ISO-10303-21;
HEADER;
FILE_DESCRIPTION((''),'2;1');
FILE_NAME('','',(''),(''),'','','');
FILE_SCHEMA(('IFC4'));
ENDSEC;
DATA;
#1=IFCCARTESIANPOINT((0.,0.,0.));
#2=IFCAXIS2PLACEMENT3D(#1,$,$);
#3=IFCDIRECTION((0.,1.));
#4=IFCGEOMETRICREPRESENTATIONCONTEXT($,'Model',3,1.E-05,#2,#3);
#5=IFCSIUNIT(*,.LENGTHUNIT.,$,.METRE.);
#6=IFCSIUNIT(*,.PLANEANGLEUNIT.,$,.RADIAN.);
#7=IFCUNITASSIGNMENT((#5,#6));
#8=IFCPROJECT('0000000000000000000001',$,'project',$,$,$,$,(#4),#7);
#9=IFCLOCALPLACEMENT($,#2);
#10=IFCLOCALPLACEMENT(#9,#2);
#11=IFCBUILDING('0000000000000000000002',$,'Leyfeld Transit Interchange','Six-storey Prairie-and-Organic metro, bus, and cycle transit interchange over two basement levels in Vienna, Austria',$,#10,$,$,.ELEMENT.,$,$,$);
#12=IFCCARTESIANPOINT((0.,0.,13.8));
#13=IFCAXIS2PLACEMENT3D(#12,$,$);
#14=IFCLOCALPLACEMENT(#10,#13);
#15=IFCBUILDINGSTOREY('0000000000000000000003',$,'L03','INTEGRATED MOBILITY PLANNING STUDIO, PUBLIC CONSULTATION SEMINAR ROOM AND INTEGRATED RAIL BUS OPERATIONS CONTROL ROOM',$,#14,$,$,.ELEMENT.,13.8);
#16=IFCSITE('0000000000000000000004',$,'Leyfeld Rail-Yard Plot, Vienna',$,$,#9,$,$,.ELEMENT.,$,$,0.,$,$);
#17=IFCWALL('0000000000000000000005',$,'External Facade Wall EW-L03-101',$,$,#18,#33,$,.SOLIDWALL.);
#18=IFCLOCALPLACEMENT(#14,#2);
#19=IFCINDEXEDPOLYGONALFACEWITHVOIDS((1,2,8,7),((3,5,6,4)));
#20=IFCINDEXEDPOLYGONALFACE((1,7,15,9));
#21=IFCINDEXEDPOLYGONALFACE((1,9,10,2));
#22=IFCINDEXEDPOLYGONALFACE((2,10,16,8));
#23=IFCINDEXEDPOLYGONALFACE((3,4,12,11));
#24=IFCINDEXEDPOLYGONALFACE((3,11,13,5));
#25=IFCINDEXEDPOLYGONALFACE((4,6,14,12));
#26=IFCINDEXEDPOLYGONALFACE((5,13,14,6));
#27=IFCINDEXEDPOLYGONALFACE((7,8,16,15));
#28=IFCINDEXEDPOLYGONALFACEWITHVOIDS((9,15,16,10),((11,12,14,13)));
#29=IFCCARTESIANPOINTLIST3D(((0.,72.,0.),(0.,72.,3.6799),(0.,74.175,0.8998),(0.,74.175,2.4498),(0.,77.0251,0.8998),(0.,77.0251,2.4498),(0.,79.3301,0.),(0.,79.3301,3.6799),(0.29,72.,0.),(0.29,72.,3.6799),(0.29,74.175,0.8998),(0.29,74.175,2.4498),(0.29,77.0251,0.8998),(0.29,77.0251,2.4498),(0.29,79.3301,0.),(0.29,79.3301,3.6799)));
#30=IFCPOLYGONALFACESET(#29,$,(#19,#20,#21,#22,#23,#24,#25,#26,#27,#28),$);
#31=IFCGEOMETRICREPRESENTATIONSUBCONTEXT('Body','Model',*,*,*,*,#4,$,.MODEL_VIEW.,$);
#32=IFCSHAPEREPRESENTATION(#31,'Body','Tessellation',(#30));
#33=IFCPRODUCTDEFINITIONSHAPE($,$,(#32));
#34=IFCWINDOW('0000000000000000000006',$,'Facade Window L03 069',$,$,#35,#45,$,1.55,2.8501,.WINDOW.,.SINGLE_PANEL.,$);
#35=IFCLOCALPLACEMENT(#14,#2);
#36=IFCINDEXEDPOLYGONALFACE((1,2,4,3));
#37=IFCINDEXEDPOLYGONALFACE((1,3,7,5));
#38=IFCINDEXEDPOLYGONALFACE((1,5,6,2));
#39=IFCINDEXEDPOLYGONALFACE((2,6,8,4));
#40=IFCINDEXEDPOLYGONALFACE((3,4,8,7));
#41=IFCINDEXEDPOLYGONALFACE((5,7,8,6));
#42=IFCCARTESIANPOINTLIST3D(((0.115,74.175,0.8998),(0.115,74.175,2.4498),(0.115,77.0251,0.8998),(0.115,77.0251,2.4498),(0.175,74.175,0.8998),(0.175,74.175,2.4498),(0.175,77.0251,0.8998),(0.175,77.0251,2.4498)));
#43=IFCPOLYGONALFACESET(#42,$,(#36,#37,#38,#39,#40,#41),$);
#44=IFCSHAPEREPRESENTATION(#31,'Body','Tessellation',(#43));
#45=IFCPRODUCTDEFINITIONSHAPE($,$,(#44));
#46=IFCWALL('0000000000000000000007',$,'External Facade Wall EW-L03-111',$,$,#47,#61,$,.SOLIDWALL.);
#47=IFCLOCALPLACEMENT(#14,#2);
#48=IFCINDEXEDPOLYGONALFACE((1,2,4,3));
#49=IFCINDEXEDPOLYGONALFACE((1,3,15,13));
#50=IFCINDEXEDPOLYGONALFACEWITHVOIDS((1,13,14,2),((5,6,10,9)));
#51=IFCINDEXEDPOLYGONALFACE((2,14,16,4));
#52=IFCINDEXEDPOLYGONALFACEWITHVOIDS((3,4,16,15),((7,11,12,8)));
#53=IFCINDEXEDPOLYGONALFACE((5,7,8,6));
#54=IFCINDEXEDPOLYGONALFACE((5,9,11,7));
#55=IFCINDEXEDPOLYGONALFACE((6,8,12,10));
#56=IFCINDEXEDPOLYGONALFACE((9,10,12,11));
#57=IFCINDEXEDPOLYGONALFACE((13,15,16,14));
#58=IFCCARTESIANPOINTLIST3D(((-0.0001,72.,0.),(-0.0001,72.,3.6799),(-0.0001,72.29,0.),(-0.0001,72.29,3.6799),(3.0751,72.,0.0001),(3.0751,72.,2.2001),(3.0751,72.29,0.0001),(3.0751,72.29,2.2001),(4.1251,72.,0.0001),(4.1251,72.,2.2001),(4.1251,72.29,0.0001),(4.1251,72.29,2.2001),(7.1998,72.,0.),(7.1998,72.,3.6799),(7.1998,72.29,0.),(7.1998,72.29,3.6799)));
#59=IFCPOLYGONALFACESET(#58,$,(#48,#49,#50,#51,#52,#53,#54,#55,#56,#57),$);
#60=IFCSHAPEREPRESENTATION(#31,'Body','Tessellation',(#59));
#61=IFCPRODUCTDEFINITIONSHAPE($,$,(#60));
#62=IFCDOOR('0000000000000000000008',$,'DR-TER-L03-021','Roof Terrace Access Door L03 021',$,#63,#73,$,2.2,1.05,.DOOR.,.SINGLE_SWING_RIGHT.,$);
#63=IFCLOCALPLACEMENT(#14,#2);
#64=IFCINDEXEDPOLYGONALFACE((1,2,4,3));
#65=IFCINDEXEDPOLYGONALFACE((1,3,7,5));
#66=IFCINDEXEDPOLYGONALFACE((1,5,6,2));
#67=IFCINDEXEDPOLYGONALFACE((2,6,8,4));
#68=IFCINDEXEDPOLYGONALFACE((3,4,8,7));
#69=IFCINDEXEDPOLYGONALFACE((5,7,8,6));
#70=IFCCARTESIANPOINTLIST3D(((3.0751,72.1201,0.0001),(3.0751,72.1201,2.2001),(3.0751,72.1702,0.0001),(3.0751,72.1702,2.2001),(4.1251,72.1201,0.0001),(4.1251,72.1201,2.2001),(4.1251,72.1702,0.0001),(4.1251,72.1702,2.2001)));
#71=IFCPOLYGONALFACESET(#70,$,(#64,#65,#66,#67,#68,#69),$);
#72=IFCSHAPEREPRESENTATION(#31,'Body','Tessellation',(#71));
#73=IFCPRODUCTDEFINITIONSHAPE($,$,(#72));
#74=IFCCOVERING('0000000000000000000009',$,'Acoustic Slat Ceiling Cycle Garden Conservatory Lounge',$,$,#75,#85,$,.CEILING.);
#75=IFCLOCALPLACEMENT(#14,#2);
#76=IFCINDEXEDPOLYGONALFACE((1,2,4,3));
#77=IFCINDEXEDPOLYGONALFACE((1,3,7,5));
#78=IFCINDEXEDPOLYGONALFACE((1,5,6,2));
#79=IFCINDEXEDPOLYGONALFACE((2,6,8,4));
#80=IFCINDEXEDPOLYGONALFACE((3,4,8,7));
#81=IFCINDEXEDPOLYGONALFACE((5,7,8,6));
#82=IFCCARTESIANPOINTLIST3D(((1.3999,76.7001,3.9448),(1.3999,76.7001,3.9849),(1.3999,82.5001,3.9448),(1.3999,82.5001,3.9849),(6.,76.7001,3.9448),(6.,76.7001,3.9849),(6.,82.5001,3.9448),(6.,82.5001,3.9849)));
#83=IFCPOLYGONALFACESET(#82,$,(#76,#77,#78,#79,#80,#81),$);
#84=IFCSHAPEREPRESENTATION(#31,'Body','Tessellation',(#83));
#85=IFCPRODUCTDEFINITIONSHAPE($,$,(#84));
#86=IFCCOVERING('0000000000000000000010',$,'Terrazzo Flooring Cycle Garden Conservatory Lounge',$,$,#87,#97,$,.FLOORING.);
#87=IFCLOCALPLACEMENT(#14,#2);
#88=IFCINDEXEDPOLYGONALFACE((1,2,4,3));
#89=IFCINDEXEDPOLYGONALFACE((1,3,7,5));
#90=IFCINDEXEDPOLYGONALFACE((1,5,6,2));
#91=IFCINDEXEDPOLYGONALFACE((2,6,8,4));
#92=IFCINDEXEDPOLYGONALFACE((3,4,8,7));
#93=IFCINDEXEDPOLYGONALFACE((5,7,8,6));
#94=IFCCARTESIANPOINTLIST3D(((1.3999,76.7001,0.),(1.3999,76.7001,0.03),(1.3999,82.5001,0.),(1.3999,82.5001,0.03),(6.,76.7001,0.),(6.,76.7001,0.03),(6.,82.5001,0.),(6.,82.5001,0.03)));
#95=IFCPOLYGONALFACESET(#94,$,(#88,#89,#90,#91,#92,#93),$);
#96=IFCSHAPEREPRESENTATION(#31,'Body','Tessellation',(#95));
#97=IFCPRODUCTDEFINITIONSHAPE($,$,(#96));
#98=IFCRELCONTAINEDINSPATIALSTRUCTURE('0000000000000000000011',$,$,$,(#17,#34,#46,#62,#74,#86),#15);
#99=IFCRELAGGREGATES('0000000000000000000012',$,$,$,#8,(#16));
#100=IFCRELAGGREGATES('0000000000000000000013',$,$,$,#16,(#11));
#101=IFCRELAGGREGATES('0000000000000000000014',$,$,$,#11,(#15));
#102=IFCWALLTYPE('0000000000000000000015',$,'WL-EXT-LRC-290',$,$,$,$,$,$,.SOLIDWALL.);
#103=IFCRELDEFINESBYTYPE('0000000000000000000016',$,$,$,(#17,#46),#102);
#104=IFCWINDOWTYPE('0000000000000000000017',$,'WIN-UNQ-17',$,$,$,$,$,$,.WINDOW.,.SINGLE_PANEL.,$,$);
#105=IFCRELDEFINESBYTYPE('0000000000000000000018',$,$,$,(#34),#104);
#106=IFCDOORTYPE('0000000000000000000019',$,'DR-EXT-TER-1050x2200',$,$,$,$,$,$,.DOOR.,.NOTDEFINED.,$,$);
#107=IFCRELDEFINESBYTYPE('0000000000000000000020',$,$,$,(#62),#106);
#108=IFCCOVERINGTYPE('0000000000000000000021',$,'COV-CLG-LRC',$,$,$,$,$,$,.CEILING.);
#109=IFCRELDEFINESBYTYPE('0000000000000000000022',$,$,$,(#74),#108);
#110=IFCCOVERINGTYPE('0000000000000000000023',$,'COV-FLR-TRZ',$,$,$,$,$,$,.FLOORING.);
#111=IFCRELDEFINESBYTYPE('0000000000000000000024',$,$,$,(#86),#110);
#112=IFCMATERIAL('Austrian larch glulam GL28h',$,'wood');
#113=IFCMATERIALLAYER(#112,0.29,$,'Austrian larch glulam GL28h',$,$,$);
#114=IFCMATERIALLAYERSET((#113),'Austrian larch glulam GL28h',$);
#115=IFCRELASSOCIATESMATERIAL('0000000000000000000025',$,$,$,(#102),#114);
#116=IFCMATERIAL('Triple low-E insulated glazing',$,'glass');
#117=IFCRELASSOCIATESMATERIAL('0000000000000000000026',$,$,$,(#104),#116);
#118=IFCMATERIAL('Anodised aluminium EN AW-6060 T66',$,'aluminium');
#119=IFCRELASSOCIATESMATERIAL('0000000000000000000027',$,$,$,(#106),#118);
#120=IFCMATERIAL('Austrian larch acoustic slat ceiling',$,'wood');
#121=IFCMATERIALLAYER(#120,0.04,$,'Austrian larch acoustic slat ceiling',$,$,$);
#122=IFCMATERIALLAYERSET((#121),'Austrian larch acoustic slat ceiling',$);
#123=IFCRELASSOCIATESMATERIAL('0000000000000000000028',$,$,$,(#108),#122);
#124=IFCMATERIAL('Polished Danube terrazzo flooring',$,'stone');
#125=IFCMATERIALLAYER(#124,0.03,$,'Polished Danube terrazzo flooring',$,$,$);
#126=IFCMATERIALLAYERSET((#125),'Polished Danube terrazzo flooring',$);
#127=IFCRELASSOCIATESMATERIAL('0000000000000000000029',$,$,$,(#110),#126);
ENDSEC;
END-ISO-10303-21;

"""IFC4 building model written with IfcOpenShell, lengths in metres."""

from ifc_helpers import new_model, si_unit, direction, frame, frame_2d, origin, origin_2d, place, context, subcontext, project, spatial, rectangle, extrude, material, layer, layer_set, type_object, element, fill, save


model = new_model("IFC4")

# Units and contexts
model_context = context("Model", 3, precision=1e-05, world=origin(), true_north=direction((0.0, 1.0)))
body_context = subcontext(model_context, "Body", "Model", "MODEL_VIEW")
ifc_project = project(units=[si_unit("LENGTHUNIT", "METRE"), si_unit("PLANEANGLEUNIT", "RADIAN")], contexts=[model_context])

# Site, building, storey
site_placement = place(None, origin())
site = spatial("IfcSite", under=ifc_project, at=site_placement, Name="Leyfeld Rail-Yard Plot, Vienna", CompositionType="ELEMENT", RefElevation=0.0)
building_placement = place(site_placement, origin())
building = spatial("IfcBuilding", under=site, at=building_placement, Name="Leyfeld Transit Interchange", Description="Six-storey Prairie-and-Organic metro, bus, and cycle transit interchange over two basement levels in Vienna, Austria", CompositionType="ELEMENT")
storey_placement = place(building_placement, frame((0.0, 0.0, 13.8)))
storey = spatial("IfcBuildingStorey", under=building, at=storey_placement, Name="L03", Description="INTEGRATED MOBILITY PLANNING STUDIO, PUBLIC CONSULTATION SEMINAR ROOM AND INTEGRATED RAIL BUS OPERATIONS CONTROL ROOM", CompositionType="ELEMENT", Elevation=13.8)

# Shared definitions
ifc_material_1 = material(Name="Anodised aluminium EN AW-6060 T66", Category="aluminium")
ifc_material_2 = material(Name="Triple low-E insulated glazing", Category="glass")

# Wall, opening, window
ifc_material_3 = material(Name="Austrian larch glulam GL28h", Category="wood")
ifc_layer_1 = layer(ifc_material_3, 0.29, Name="Austrian larch glulam GL28h")
ifc_layer_set_1 = layer_set([ifc_layer_1], Name="Austrian larch glulam GL28h")
wall_type = type_object("IfcWallType", Name="WL-EXT-LRC-290", PredefinedType="SOLIDWALL", material=ifc_layer_set_1)
wall_1_placement = place(storey_placement, frame((0.145, 72.0, 0.0), z_axis=(0.0, 0.0, 1.0), x_axis=(0.0, 1.0, 0.0)))
wall_1 = element("IfcWall", 1, at=wall_1_placement, inside=storey, type_object=wall_type, Name="External Facade Wall EW-L03-101", PredefinedType="SOLIDWALL", context=body_context, shape_type="SweptSolid", body=[
    extrude(rectangle(XDim=7.3301, YDim=0.29, at=frame_2d((3.665, 0.0))), origin(), (0.0, 0.0, 1.0), 3.6799),
])
opening_1_placement = place(wall_1_placement, frame((2.175, 0.0, 0.8999)))
opening_1 = element("IfcOpeningElement", 2, at=opening_1_placement, cuts=wall_1, PredefinedType="OPENING", context=body_context, shape_type="SweptSolid", body=[
    extrude(rectangle(XDim=2.8501, YDim=1.55, at=frame_2d((1.425, 0.7749))), frame((0.0, 0.155, 0.0), z_axis=(0.0, -1.0, 0.0), x_axis=(1.0, 0.0, 0.0)), (0.0, 0.0, 1.0), 0.3101),
])
window_type = type_object("IfcWindowType", Name="WIN-UNQ-17", PartitioningType="SINGLE_PANEL", PredefinedType="WINDOW", material=ifc_material_2)
window_placement = place(opening_1_placement, origin())
window = element("IfcWindow", 3, at=window_placement, inside=storey, type_object=window_type, Name="Facade Window L03 069", OverallHeight=1.55, OverallWidth=2.8501, PartitioningType="SINGLE_PANEL", PredefinedType="WINDOW", context=body_context, shape_type="SweptSolid", body=[
    extrude(rectangle(XDim=2.8501, YDim=1.55, at=frame_2d((1.425, 0.7749))), frame((0.0, 0.03, 0.0), z_axis=(0.0, -1.0, 0.0), x_axis=(1.0, 0.0, 0.0)), (0.0, 0.0, 1.0), 0.0601),
])
fill(opening_1, window)

# Wall, opening, door
wall_2_placement = place(storey_placement, frame((7.2, 72.145, 0.0), z_axis=(0.0, 0.0, 1.0), x_axis=(-1.0, 0.0, 0.0)))
wall_2 = element("IfcWall", 4, at=wall_2_placement, inside=storey, type_object=wall_type, Name="External Facade Wall EW-L03-111", PredefinedType="SOLIDWALL", context=body_context, shape_type="SweptSolid", body=[
    extrude(rectangle(XDim=7.2, YDim=0.29, at=frame_2d((3.6001, 0.0))), origin(), (0.0, 0.0, 1.0), 3.6799),
])
opening_2_placement = place(wall_2_placement, frame((3.075, 0.0, 0.0)))
opening_2 = element("IfcOpeningElement", 5, at=opening_2_placement, cuts=wall_2, PredefinedType="OPENING", context=body_context, shape_type="SweptSolid", body=[
    extrude(rectangle(XDim=1.05, YDim=2.2, at=frame_2d((0.5249, 1.1001))), frame((0.0, 0.155, 0.0), z_axis=(0.0, -1.0, 0.0), x_axis=(1.0, 0.0, 0.0)), (0.0, 0.0, 1.0), 0.3101),
])
door_type = type_object("IfcDoorType", Name="DR-EXT-TER-1050x2200", OperationType="NOTDEFINED", PredefinedType="DOOR", material=ifc_material_1)
door_placement = place(opening_2_placement, origin())
door = element("IfcDoor", 6, at=door_placement, inside=storey, type_object=door_type, Name="DR-TER-L03-021", Description="Roof Terrace Access Door L03 021", OperationType="SINGLE_SWING_RIGHT", OverallHeight=2.2, OverallWidth=1.05, PredefinedType="DOOR", context=body_context, shape_type="SweptSolid", body=[
    extrude(rectangle(XDim=1.05, YDim=2.2, at=frame_2d((0.5249, 1.1001))), frame((0.0, 0.0249, 0.0), z_axis=(0.0, -1.0, 0.0), x_axis=(1.0, 0.0, 0.0)), (0.0, 0.0, 1.0), 0.05),
])
fill(opening_2, door)

# Coverings
ifc_material_4 = material(Name="Austrian larch acoustic slat ceiling", Category="wood")
ifc_layer_2 = layer(ifc_material_4, 0.04, Name="Austrian larch acoustic slat ceiling")
ifc_layer_set_2 = layer_set([ifc_layer_2], Name="Austrian larch acoustic slat ceiling")
covering_type_1 = type_object("IfcCoveringType", Name="COV-CLG-LRC", PredefinedType="CEILING", material=ifc_layer_set_2)
covering_1_placement = place(storey_placement, frame((3.7, 79.6001, 3.9448), z_axis=(0.0, 0.0, 1.0), x_axis=(1.0, 0.0, 0.0)))
element("IfcCovering", 7, at=covering_1_placement, inside=storey, type_object=covering_type_1, Name="Acoustic Slat Ceiling Cycle Garden Conservatory Lounge", PredefinedType="CEILING", context=body_context, shape_type="SweptSolid", body=[
    extrude(rectangle(XDim=4.6001, YDim=5.8, at=origin_2d()), origin(), (0.0, 0.0, 1.0), 0.04),
])
ifc_material_5 = material(Name="Polished Danube terrazzo flooring", Category="stone")
ifc_layer_3 = layer(ifc_material_5, 0.03, Name="Polished Danube terrazzo flooring")
ifc_layer_set_3 = layer_set([ifc_layer_3], Name="Polished Danube terrazzo flooring")
covering_type_2 = type_object("IfcCoveringType", Name="COV-FLR-TRZ", PredefinedType="FLOORING", material=ifc_layer_set_3)
covering_2_placement = place(storey_placement, frame((3.7, 79.6001, 0.0), z_axis=(0.0, 0.0, 1.0), x_axis=(1.0, 0.0, 0.0)))
element("IfcCovering", 8, at=covering_2_placement, inside=storey, type_object=covering_type_2, Name="Terrazzo Flooring Cycle Garden Conservatory Lounge", PredefinedType="FLOORING", context=body_context, shape_type="SweptSolid", body=[
    extrude(rectangle(XDim=4.6001, YDim=5.8, at=origin_2d()), origin(), (0.0, 0.0, 1.0), 0.03),
])

save(model, "model.ifc")
